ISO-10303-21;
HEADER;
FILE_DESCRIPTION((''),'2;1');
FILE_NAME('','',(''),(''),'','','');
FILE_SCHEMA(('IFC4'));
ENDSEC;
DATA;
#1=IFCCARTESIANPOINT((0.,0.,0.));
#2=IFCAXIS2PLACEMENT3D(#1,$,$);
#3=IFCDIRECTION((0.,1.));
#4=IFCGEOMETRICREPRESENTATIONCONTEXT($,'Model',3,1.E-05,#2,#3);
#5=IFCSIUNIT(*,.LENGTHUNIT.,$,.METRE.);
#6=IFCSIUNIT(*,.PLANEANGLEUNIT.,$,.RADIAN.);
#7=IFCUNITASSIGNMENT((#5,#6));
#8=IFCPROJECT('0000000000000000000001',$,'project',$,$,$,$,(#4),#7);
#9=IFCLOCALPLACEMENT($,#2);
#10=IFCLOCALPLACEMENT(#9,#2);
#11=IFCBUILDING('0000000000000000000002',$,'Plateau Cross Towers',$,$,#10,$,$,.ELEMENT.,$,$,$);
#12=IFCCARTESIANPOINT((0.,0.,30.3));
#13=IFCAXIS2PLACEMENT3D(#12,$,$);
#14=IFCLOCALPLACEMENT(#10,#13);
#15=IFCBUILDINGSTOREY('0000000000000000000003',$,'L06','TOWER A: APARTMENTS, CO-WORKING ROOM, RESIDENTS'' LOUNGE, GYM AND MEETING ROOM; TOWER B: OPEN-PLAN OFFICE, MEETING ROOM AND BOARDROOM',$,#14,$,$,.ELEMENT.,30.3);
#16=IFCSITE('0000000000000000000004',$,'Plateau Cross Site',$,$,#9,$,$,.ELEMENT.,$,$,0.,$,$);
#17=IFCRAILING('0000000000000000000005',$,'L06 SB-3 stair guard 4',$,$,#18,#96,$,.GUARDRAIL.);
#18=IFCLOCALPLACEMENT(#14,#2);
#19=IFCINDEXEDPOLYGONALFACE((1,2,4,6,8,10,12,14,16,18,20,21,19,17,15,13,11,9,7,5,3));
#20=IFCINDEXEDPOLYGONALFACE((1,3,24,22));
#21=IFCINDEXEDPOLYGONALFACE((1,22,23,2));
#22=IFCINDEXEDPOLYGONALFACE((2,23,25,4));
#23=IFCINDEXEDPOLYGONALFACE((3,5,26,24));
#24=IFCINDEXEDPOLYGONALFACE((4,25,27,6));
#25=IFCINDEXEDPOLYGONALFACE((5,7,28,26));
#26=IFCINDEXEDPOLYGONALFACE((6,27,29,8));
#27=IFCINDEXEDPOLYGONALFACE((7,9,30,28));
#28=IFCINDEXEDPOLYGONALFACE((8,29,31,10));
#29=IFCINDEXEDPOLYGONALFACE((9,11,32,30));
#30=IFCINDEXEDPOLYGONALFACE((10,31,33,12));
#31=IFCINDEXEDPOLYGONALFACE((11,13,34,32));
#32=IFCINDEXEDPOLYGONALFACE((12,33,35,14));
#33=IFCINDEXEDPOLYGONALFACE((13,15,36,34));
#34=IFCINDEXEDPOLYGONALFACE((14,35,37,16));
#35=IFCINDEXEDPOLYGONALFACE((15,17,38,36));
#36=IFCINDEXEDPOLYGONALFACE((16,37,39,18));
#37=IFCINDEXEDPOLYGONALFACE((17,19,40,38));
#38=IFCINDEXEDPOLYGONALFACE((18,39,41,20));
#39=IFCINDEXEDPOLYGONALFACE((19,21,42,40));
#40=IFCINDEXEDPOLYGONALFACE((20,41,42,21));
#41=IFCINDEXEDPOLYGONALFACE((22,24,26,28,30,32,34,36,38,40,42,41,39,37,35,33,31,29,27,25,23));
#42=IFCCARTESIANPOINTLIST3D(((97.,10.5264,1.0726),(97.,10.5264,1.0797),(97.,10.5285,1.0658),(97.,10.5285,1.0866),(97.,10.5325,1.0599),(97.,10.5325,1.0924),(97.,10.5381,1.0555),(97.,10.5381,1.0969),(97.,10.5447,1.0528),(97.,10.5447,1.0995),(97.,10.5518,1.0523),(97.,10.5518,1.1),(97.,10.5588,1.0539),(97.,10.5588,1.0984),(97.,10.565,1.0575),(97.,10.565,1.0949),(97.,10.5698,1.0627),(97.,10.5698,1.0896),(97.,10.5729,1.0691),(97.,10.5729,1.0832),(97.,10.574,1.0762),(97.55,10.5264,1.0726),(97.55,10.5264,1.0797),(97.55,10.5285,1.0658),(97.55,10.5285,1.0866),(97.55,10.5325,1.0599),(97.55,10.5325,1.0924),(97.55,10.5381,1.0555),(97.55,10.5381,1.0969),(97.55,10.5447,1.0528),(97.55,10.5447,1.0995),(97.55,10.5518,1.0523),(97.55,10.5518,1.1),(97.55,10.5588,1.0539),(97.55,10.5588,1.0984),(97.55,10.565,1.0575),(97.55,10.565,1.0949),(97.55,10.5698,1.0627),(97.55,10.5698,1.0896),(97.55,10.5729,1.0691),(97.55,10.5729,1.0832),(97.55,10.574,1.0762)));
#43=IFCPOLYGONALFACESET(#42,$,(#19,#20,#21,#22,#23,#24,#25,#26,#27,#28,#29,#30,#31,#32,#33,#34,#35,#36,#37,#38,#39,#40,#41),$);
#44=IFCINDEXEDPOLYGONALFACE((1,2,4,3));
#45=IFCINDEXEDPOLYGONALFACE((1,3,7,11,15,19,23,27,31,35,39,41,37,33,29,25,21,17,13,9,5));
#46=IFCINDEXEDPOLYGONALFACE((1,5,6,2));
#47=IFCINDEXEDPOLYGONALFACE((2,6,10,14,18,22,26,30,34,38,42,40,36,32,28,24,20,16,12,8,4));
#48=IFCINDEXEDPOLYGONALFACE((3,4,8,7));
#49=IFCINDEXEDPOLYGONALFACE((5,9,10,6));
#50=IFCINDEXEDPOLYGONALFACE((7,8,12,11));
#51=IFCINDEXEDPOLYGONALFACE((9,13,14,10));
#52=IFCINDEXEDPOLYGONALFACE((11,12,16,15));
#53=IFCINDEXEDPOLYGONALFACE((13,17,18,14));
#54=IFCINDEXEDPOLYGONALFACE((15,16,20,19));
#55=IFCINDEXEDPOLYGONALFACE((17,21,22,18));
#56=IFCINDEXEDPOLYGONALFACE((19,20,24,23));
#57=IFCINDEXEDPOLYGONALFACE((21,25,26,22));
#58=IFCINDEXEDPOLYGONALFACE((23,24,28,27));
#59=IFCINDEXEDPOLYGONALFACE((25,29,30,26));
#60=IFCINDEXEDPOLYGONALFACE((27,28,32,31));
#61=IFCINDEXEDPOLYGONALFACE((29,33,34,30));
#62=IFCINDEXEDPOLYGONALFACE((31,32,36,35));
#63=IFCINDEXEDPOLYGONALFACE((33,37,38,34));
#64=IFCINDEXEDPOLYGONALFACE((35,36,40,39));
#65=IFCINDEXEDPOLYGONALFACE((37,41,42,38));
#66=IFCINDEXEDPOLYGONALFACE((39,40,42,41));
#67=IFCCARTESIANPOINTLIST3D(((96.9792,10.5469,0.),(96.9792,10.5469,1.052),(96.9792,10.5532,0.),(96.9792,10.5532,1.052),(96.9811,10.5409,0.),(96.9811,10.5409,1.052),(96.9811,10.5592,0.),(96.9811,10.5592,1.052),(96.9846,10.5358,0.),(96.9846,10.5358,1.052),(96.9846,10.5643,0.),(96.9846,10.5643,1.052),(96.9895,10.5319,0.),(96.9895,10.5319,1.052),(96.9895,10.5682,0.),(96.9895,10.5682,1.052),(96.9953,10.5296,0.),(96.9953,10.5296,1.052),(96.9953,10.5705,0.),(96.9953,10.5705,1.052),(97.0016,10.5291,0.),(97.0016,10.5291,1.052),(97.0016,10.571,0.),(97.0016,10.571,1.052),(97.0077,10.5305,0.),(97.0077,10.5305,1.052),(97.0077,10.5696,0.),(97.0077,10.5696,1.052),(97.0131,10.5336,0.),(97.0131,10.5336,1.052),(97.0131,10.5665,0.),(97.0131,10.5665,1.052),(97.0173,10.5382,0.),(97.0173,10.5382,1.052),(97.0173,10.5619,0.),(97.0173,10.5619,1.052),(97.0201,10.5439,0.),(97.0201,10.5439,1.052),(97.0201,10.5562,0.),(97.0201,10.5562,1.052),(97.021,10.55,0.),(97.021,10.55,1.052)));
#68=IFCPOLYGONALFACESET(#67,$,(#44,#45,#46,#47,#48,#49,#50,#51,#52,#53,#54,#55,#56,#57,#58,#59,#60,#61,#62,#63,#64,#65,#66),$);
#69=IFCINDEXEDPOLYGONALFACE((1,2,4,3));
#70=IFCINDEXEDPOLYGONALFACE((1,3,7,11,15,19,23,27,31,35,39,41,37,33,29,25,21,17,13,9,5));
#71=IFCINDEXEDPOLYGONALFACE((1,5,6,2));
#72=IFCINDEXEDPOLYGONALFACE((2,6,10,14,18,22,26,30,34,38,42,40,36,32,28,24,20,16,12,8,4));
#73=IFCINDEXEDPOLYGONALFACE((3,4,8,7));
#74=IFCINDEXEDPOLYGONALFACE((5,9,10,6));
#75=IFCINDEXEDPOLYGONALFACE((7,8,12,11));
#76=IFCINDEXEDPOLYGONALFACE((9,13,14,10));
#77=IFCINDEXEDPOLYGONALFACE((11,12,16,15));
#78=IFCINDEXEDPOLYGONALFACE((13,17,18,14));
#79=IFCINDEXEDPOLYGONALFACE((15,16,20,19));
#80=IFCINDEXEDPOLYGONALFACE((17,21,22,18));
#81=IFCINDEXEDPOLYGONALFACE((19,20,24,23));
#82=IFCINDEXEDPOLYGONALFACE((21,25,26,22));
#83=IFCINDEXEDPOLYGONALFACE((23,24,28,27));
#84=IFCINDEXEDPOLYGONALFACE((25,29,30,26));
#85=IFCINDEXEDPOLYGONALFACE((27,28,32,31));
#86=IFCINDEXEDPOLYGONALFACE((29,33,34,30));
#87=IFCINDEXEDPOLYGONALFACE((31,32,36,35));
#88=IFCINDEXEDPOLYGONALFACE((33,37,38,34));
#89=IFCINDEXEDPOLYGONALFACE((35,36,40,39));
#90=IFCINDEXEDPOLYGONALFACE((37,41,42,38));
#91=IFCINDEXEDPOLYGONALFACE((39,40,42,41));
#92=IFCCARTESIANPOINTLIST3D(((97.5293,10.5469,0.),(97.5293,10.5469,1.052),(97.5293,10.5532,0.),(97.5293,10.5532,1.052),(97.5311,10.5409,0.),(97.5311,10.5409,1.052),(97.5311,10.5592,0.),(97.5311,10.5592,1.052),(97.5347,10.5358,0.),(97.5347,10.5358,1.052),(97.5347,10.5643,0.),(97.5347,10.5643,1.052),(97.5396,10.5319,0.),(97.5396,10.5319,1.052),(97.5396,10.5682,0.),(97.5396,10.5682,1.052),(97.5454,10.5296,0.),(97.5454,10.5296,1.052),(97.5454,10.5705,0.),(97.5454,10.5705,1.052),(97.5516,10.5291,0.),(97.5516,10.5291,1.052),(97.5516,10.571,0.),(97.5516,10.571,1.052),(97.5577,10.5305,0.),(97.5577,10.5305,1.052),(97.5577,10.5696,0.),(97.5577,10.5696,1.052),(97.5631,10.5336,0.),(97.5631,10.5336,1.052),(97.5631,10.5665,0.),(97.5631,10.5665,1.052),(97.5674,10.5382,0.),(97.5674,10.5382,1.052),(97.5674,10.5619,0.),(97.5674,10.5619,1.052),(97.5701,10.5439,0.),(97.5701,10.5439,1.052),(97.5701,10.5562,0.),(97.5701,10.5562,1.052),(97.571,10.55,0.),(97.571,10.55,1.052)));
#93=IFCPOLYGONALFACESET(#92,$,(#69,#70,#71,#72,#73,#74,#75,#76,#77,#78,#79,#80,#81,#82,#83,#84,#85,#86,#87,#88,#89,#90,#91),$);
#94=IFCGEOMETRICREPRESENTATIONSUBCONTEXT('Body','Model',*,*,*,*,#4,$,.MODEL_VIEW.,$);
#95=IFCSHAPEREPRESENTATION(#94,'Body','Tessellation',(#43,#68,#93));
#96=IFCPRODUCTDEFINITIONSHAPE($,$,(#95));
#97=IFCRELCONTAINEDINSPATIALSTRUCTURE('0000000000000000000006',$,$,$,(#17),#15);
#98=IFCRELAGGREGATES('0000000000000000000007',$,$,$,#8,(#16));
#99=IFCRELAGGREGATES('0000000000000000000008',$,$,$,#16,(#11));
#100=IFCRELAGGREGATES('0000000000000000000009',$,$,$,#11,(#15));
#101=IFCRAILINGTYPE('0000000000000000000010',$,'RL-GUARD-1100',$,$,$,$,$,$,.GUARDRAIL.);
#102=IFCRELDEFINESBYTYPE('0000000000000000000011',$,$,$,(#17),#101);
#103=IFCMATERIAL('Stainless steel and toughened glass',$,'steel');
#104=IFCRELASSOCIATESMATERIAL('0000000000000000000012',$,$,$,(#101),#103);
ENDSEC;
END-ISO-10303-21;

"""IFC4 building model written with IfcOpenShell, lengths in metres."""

from ifc_helpers import new_model, si_unit, direction, frame, origin, origin_2d, place, context, subcontext, project, spatial, circle, extrude, material, type_object, element, save


model = new_model("IFC4")

# Units and contexts
model_context = context("Model", 3, precision=1e-05, world=origin(), true_north=direction((0.0, 1.0)))
body_context = subcontext(model_context, "Body", "Model", "MODEL_VIEW")
ifc_project = project(units=[si_unit("LENGTHUNIT", "METRE"), si_unit("PLANEANGLEUNIT", "RADIAN")], contexts=[model_context])

# Site, building, storey
site_placement = place(None, origin())
site = spatial("IfcSite", under=ifc_project, at=site_placement, Name="Plateau Cross Site", CompositionType="ELEMENT", RefElevation=0.0)
building_placement = place(site_placement, origin())
building = spatial("IfcBuilding", under=site, at=building_placement, Name="Plateau Cross Towers", CompositionType="ELEMENT")
storey_placement = place(building_placement, frame((0.0, 0.0, 30.3)))
storey = spatial("IfcBuildingStorey", under=building, at=storey_placement, Name="L06", Description="TOWER A: APARTMENTS, CO-WORKING ROOM, RESIDENTS' LOUNGE, GYM AND MEETING ROOM; TOWER B: OPEN-PLAN OFFICE, MEETING ROOM AND BOARDROOM", CompositionType="ELEMENT", Elevation=30.3)

# Railing
ifc_material_1 = material(Name="Stainless steel and toughened glass", Category="steel")
railing_type_1 = type_object("IfcRailingType", Name="RL-GUARD-1100", PredefinedType="GUARDRAIL", material=ifc_material_1)
railing_1_placement = place(storey_placement, frame((97.0, 10.55, 0.0)))
element("IfcRailing", 1, at=railing_1_placement, inside=storey, type_object=railing_type_1, Name="L06 SB-3 stair guard 4", PredefinedType="GUARDRAIL", context=body_context, shape_type="SweptSolid", body=[
    extrude(circle(Radius=0.0239, at=origin_2d()), frame((0.0, 0.0, 1.0762), z_axis=(1.0, 0.0, 0.0), x_axis=(0.0, 1.0, 0.0)), (0.0, 0.0, 1.0), 0.55),
    extrude(circle(Radius=0.021, at=origin_2d()), origin(), (0.0, 0.0, 1.0), 1.052),
    extrude(circle(Radius=0.021, at=origin_2d()), frame((0.55, 0.0, 0.0)), (0.0, 0.0, 1.0), 1.052),
])

save(model, "model.ifc")
